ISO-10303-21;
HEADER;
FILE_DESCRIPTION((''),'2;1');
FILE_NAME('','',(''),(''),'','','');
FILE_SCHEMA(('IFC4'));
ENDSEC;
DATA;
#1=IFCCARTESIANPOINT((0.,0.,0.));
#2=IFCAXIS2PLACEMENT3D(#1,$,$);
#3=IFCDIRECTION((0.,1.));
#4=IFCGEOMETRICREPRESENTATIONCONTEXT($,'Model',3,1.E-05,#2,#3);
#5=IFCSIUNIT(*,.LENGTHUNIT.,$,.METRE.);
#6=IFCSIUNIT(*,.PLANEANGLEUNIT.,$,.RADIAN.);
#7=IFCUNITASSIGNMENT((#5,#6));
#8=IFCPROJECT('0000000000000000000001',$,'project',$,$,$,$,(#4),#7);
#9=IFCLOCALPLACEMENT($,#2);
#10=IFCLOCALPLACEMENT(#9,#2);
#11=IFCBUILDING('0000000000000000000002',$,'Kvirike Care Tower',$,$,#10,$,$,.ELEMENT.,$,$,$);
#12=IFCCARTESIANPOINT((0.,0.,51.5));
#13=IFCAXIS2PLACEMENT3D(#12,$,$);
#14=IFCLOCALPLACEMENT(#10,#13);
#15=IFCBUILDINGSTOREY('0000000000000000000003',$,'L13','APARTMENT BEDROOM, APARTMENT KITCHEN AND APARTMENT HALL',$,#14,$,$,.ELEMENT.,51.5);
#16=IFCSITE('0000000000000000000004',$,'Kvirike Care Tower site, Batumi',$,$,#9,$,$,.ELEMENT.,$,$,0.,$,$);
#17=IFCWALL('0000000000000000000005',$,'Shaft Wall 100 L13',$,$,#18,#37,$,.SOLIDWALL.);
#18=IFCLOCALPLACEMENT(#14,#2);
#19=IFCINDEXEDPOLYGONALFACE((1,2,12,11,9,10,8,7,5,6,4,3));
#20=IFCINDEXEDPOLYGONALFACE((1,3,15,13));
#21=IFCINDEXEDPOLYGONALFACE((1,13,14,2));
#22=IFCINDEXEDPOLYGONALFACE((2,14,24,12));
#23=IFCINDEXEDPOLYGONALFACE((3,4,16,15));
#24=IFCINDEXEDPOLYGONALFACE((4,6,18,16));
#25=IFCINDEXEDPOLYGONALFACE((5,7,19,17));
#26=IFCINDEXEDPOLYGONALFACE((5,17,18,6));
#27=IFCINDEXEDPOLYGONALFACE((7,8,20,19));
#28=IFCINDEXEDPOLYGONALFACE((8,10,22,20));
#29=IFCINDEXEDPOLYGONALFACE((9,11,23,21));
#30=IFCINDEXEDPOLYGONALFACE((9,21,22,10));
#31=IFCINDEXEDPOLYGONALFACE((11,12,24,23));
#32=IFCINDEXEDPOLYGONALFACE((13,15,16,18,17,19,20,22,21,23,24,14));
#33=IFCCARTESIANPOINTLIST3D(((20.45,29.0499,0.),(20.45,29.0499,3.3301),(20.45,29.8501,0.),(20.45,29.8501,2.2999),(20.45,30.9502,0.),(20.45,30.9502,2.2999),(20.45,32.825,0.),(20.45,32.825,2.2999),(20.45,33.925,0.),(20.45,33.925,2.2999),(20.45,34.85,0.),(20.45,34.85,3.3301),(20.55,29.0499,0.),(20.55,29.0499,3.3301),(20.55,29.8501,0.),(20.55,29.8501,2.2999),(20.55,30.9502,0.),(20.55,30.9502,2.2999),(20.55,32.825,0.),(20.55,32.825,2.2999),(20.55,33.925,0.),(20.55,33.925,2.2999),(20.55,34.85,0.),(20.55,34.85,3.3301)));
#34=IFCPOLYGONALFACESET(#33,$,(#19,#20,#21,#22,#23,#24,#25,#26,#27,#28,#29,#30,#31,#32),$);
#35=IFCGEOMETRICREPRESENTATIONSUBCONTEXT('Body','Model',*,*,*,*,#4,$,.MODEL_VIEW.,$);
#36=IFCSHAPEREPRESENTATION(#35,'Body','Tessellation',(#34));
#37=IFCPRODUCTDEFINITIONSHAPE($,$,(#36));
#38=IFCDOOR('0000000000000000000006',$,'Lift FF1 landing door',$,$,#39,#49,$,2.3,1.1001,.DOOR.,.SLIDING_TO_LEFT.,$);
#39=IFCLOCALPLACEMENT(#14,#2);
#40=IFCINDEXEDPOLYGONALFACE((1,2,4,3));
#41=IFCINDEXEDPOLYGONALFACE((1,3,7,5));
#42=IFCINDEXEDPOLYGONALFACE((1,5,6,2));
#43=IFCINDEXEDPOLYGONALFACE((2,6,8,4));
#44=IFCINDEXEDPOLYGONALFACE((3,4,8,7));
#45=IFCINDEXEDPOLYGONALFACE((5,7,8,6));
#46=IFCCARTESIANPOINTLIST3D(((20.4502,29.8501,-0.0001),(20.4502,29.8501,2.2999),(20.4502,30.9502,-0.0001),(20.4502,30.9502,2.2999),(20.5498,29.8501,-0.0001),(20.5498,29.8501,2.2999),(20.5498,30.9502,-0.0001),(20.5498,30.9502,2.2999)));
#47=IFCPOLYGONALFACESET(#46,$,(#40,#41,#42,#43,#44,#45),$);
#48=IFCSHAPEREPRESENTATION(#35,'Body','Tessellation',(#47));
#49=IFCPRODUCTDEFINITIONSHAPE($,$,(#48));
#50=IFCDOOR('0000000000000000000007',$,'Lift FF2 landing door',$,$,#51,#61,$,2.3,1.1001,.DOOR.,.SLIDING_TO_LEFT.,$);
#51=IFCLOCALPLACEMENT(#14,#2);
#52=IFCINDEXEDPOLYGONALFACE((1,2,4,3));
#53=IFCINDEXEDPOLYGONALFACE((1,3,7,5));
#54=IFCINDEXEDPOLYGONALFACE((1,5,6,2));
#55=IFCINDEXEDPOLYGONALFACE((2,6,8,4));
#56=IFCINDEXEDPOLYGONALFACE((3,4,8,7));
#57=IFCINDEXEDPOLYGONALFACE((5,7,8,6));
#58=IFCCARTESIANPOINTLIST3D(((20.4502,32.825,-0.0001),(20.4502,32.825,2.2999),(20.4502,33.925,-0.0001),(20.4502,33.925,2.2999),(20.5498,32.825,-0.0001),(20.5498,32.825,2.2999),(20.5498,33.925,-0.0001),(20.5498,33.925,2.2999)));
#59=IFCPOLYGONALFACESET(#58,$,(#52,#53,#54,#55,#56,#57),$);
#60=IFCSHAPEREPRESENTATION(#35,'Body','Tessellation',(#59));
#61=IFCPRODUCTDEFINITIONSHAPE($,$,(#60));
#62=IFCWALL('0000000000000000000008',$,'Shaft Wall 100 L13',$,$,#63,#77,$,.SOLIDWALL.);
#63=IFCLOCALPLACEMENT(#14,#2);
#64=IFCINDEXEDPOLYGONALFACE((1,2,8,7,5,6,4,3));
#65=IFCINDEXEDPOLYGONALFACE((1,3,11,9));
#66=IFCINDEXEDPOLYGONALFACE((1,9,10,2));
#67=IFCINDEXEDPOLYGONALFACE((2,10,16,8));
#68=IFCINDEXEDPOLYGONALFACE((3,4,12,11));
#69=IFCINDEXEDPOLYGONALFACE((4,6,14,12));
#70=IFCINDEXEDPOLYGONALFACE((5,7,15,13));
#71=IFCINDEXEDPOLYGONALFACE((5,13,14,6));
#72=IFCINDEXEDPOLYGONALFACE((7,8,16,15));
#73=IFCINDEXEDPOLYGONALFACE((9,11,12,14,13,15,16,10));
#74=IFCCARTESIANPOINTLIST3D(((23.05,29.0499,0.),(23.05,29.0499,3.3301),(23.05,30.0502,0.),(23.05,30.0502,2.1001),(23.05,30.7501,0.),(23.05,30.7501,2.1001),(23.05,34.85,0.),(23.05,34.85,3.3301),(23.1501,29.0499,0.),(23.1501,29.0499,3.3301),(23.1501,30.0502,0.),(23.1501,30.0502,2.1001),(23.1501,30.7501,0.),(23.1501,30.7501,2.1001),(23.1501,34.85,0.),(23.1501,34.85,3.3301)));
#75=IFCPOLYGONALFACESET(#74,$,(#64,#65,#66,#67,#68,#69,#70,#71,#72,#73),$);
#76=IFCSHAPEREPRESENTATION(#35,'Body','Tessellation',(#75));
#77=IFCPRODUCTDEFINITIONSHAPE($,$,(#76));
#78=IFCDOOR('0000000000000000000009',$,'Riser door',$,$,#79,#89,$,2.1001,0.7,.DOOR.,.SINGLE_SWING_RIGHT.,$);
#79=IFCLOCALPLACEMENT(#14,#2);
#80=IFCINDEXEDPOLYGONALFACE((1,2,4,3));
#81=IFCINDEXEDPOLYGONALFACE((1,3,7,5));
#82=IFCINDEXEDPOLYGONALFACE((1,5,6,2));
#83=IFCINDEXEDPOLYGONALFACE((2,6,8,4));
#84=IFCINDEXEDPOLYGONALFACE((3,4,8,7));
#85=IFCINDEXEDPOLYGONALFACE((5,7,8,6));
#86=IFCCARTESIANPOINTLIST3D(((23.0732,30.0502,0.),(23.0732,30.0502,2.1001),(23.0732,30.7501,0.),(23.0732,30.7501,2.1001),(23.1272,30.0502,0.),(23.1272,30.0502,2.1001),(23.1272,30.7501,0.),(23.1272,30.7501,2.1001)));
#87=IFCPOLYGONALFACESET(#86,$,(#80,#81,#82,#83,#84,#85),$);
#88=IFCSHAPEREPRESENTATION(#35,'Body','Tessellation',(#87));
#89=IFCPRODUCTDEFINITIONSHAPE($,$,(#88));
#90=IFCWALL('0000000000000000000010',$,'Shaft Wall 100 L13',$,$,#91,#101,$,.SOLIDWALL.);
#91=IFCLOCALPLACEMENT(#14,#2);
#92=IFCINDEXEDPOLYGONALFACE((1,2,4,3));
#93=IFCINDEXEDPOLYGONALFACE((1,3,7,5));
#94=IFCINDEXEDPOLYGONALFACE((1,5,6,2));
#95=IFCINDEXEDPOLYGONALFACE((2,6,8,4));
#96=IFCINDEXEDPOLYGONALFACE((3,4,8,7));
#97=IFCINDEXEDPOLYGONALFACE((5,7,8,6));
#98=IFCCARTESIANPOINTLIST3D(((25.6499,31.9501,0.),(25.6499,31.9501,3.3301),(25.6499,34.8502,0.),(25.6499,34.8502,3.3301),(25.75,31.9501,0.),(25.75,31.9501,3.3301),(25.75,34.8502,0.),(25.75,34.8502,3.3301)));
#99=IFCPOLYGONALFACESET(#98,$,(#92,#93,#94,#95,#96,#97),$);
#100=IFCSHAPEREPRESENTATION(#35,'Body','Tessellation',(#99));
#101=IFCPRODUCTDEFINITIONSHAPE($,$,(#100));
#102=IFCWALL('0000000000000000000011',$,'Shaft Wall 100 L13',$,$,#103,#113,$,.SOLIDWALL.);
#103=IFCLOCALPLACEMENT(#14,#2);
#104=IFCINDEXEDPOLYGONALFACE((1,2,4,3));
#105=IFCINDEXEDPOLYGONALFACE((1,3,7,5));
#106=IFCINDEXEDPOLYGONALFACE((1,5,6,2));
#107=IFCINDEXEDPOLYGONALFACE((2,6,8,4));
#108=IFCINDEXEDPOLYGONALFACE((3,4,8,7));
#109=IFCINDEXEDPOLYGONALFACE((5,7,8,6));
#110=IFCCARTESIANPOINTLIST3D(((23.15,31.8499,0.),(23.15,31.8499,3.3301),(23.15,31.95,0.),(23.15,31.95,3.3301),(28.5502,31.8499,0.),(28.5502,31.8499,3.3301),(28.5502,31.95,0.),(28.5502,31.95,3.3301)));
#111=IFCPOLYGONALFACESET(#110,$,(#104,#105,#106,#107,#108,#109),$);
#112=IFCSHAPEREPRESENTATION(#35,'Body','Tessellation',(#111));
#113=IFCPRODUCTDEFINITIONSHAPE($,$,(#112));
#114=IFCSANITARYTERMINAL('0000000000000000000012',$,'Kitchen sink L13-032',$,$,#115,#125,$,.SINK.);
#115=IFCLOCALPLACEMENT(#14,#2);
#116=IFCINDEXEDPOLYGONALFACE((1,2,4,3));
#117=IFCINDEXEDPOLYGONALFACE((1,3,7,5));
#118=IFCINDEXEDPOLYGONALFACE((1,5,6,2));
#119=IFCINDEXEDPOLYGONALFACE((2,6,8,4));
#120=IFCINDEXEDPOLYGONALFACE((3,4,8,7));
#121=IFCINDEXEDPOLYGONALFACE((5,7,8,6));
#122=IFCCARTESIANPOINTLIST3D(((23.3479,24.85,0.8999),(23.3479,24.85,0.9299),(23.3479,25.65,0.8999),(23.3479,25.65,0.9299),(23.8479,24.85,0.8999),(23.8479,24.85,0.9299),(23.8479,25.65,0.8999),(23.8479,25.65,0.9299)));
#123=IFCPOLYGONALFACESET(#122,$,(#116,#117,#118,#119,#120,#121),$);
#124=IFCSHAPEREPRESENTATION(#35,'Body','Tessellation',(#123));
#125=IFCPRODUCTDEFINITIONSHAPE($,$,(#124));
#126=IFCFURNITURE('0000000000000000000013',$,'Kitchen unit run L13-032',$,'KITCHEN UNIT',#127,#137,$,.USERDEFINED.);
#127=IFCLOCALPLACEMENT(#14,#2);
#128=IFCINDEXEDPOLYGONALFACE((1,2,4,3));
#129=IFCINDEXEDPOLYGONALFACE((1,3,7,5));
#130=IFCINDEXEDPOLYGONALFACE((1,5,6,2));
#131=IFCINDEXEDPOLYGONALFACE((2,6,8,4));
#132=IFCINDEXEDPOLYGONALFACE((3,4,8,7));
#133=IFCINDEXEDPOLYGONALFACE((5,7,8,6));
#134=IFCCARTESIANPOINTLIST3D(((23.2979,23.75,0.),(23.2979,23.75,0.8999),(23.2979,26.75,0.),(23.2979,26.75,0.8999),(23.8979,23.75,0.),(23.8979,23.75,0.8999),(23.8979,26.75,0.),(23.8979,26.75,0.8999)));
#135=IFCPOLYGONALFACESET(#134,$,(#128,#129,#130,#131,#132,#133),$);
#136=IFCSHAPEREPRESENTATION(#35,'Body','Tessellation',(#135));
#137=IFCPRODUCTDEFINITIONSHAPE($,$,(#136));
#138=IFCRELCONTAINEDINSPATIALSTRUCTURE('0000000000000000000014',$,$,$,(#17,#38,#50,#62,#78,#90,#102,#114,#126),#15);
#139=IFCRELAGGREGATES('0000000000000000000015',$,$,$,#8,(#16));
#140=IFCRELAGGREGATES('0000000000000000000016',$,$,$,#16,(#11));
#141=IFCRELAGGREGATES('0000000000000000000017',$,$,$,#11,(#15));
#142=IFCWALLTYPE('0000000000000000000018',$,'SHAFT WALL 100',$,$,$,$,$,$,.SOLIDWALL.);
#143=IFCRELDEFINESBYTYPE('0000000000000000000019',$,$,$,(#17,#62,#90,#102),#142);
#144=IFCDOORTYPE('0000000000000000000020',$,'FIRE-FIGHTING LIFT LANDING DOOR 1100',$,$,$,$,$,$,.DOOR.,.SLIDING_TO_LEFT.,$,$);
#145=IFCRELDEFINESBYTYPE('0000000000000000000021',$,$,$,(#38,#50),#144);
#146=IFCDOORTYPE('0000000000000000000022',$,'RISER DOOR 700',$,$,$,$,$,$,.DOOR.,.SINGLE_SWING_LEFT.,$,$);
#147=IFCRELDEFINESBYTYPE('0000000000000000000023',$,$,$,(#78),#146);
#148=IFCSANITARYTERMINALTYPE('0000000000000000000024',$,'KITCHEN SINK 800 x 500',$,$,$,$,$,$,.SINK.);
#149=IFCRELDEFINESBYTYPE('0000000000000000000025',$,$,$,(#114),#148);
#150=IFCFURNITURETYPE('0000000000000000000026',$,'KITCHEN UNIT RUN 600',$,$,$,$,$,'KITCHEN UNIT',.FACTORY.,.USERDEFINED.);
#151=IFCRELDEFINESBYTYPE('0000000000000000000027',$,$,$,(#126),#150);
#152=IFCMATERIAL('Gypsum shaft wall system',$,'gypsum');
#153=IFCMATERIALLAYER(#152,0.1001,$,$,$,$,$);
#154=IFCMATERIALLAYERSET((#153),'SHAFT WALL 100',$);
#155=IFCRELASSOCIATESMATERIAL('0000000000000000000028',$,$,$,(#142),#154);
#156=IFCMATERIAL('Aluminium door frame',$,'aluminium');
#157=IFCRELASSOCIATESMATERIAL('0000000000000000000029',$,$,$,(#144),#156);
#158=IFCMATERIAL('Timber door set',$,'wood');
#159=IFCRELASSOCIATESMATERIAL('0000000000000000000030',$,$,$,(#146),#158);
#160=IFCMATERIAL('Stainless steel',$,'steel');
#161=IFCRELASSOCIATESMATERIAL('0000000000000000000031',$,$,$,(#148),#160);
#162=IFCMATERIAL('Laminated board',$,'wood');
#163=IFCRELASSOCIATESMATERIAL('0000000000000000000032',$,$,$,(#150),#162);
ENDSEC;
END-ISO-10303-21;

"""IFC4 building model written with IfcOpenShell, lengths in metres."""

from ifc_helpers import new_model, si_unit, direction, frame, frame_2d, origin, origin_2d, place, context, subcontext, project, spatial, rectangle, extrude, material, layer, layer_set, type_object, element, fill, save


model = new_model("IFC4")

# Units and contexts
model_context = context("Model", 3, precision=1e-05, world=origin(), true_north=direction((0.0, 1.0)))
body_context = subcontext(model_context, "Body", "Model", "MODEL_VIEW")
ifc_project = project(units=[si_unit("LENGTHUNIT", "METRE"), si_unit("PLANEANGLEUNIT", "RADIAN")], contexts=[model_context])

# Site, building, storey
site_placement = place(None, origin())
site = spatial("IfcSite", under=ifc_project, at=site_placement, Name="Kvirike Care Tower site, Batumi", CompositionType="ELEMENT", RefElevation=0.0)
building_placement = place(site_placement, origin())
building = spatial("IfcBuilding", under=site, at=building_placement, Name="Kvirike Care Tower", CompositionType="ELEMENT")
storey_placement = place(building_placement, frame((0.0, 0.0, 51.5)))
storey = spatial("IfcBuildingStorey", under=building, at=storey_placement, Name="L13", Description="APARTMENT BEDROOM, APARTMENT KITCHEN AND APARTMENT HALL", CompositionType="ELEMENT", Elevation=51.5)

# Wall, openings, doors
ifc_material_1 = material(Name="Gypsum shaft wall system", Category="gypsum")
ifc_layer_1 = layer(ifc_material_1, 0.1001)
ifc_layer_set_1 = layer_set([ifc_layer_1], Name="SHAFT WALL 100")
wall_type_1 = type_object("IfcWallType", Name="SHAFT WALL 100", PredefinedType="SOLIDWALL", material=ifc_layer_set_1)
wall_1_placement = place(storey_placement, frame((20.5, 29.05, 0.0), z_axis=(0.0, 0.0, 1.0), x_axis=(0.0, 1.0, 0.0)))
wall_1 = element("IfcWall", 1, at=wall_1_placement, inside=storey, type_object=wall_type_1, Name="Shaft Wall 100 L13", PredefinedType="SOLIDWALL", context=body_context, shape_type="SweptSolid", body=[
    extrude(rectangle(XDim=5.8, YDim=0.1001, at=frame_2d((2.8999, 0.0))), origin(), (0.0, 0.0, 1.0), 3.3301),
])
opening_1_placement = place(wall_1_placement, frame((0.8, 0.0, 0.0)))
opening_1 = element("IfcOpeningElement", 2, at=opening_1_placement, cuts=wall_1, PredefinedType="OPENING", context=body_context, shape_type="SweptSolid", body=[
    extrude(rectangle(XDim=1.1001, YDim=2.3, at=frame_2d((0.55, 1.1499))), frame((0.0, 0.0605, 0.0), z_axis=(0.0, -1.0, 0.0), x_axis=(1.0, 0.0, 0.0)), (0.0, 0.0, 1.0), 0.1211),
])
opening_2_placement = place(wall_1_placement, frame((3.7749, 0.0, 0.0)))
opening_2 = element("IfcOpeningElement", 3, at=opening_2_placement, cuts=wall_1, PredefinedType="OPENING", context=body_context, shape_type="SweptSolid", body=[
    extrude(rectangle(XDim=1.1001, YDim=2.3, at=frame_2d((0.55, 1.1499))), frame((0.0, 0.0605, 0.0), z_axis=(0.0, -1.0, 0.0), x_axis=(1.0, 0.0, 0.0)), (0.0, 0.0, 1.0), 0.1211),
])
ifc_material_2 = material(Name="Aluminium door frame", Category="aluminium")
door_type_1 = type_object("IfcDoorType", Name="FIRE-FIGHTING LIFT LANDING DOOR 1100", OperationType="SLIDING_TO_LEFT", PredefinedType="DOOR", material=ifc_material_2)
door_1_placement = place(opening_1_placement, origin())
door_1 = element("IfcDoor", 4, at=door_1_placement, inside=storey, type_object=door_type_1, Name="Lift FF1 landing door", OperationType="SLIDING_TO_LEFT", OverallHeight=2.3, OverallWidth=1.1001, PredefinedType="DOOR", context=body_context, shape_type="SweptSolid", body=[
    extrude(rectangle(XDim=1.1001, YDim=2.3, at=frame_2d((0.55, 1.1499))), frame((0.0, 0.0498, 0.0), z_axis=(0.0, -1.0, 0.0), x_axis=(1.0, 0.0, 0.0)), (0.0, 0.0, 1.0), 0.0996),
])
fill(opening_1, door_1)
door_2_placement = place(opening_2_placement, origin())
door_2 = element("IfcDoor", 5, at=door_2_placement, inside=storey, type_object=door_type_1, Name="Lift FF2 landing door", OperationType="SLIDING_TO_LEFT", OverallHeight=2.3, OverallWidth=1.1001, PredefinedType="DOOR", context=body_context, shape_type="SweptSolid", body=[
    extrude(rectangle(XDim=1.1001, YDim=2.3, at=frame_2d((0.55, 1.1499))), frame((0.0, 0.0498, 0.0), z_axis=(0.0, -1.0, 0.0), x_axis=(1.0, 0.0, 0.0)), (0.0, 0.0, 1.0), 0.0996),
])
fill(opening_2, door_2)

# Wall, opening, door
wall_2_placement = place(storey_placement, frame((23.1001, 29.05, 0.0), z_axis=(0.0, 0.0, 1.0), x_axis=(0.0, 1.0, 0.0)))
wall_2 = element("IfcWall", 6, at=wall_2_placement, inside=storey, type_object=wall_type_1, Name="Shaft Wall 100 L13", PredefinedType="SOLIDWALL", context=body_context, shape_type="SweptSolid", body=[
    extrude(rectangle(XDim=5.8, YDim=0.1001, at=frame_2d((2.8999, 0.0))), origin(), (0.0, 0.0, 1.0), 3.3301),
])
opening_3_placement = place(wall_2_placement, frame((1.0, 0.0, 0.0)))
opening_3 = element("IfcOpeningElement", 7, at=opening_3_placement, cuts=wall_2, PredefinedType="OPENING", context=body_context, shape_type="SweptSolid", body=[
    extrude(rectangle(XDim=0.7, YDim=2.1001, at=frame_2d((0.3501, 1.05))), frame((0.0, 0.0605, 0.0), z_axis=(0.0, -1.0, 0.0), x_axis=(1.0, 0.0, 0.0)), (0.0, 0.0, 1.0), 0.1211),
])
ifc_material_3 = material(Name="Timber door set", Category="wood")
door_type_2 = type_object("IfcDoorType", Name="RISER DOOR 700", OperationType="SINGLE_SWING_LEFT", PredefinedType="DOOR", material=ifc_material_3)
door_3_placement = place(opening_3_placement, origin())
door_3 = element("IfcDoor", 8, at=door_3_placement, inside=storey, type_object=door_type_2, Name="Riser door", OperationType="SINGLE_SWING_RIGHT", OverallHeight=2.1001, OverallWidth=0.7, PredefinedType="DOOR", context=body_context, shape_type="SweptSolid", body=[
    extrude(rectangle(XDim=0.7, YDim=2.1001, at=frame_2d((0.3501, 1.05))), frame((0.0, 0.0269, 0.0), z_axis=(0.0, -1.0, 0.0), x_axis=(1.0, 0.0, 0.0)), (0.0, 0.0, 1.0), 0.054),
])
fill(opening_3, door_3)

# Walls
wall_3_placement = place(storey_placement, frame((25.7, 31.95, 0.0), z_axis=(0.0, 0.0, 1.0), x_axis=(0.0, 1.0, 0.0)))
element("IfcWall", 9, at=wall_3_placement, inside=storey, type_object=wall_type_1, Name="Shaft Wall 100 L13", PredefinedType="SOLIDWALL", context=body_context, shape_type="SweptSolid", body=[
    extrude(rectangle(XDim=2.9001, YDim=0.1001, at=frame_2d((1.4502, 0.0))), origin(), (0.0, 0.0, 1.0), 3.3301),
])
wall_4_placement = place(storey_placement, frame((23.1499, 31.8999, 0.0), z_axis=(0.0, 0.0, 1.0), x_axis=(1.0, 0.0, 0.0)))
element("IfcWall", 10, at=wall_4_placement, inside=storey, type_object=wall_type_1, Name="Shaft Wall 100 L13", PredefinedType="SOLIDWALL", context=body_context, shape_type="SweptSolid", body=[
    extrude(rectangle(XDim=5.4001, YDim=0.1001, at=frame_2d((2.7002, 0.0))), origin(), (0.0, 0.0, 1.0), 3.3301),
])

# Sanitary terminal
ifc_material_4 = material(Name="Stainless steel", Category="steel")
sanitary_terminal_type = type_object("IfcSanitaryTerminalType", Name="KITCHEN SINK 800 x 500", PredefinedType="SINK", material=ifc_material_4)
sanitary_terminal_placement = place(storey_placement, frame((23.5979, 25.25, 0.8999), z_axis=(0.0, 0.0, 1.0), x_axis=(0.0, -1.0, 0.0)))
element("IfcSanitaryTerminal", 11, at=sanitary_terminal_placement, inside=storey, type_object=sanitary_terminal_type, Name="Kitchen sink L13-032", PredefinedType="SINK", context=body_context, shape_type="SweptSolid", body=[
    extrude(rectangle(XDim=0.8, YDim=0.5, at=origin_2d()), origin(), (0.0, 0.0, 1.0), 0.03),
])

# Furniture
ifc_material_5 = material(Name="Laminated board", Category="wood")
furniture_type = type_object("IfcFurnitureType", Name="KITCHEN UNIT RUN 600", ElementType="KITCHEN UNIT", AssemblyPlace="FACTORY", PredefinedType="USERDEFINED", material=ifc_material_5)
furniture_placement = place(storey_placement, frame((23.5979, 25.25, 0.0), z_axis=(0.0, 0.0, 1.0), x_axis=(0.0, -1.0, 0.0)))
element("IfcFurniture", 12, at=furniture_placement, inside=storey, type_object=furniture_type, Name="Kitchen unit run L13-032", ObjectType="KITCHEN UNIT", PredefinedType="USERDEFINED", context=body_context, shape_type="SweptSolid", body=[
    extrude(rectangle(XDim=3.0, YDim=0.6001, at=origin_2d()), origin(), (0.0, 0.0, 1.0), 0.8999),
])

save(model, "model.ifc")
